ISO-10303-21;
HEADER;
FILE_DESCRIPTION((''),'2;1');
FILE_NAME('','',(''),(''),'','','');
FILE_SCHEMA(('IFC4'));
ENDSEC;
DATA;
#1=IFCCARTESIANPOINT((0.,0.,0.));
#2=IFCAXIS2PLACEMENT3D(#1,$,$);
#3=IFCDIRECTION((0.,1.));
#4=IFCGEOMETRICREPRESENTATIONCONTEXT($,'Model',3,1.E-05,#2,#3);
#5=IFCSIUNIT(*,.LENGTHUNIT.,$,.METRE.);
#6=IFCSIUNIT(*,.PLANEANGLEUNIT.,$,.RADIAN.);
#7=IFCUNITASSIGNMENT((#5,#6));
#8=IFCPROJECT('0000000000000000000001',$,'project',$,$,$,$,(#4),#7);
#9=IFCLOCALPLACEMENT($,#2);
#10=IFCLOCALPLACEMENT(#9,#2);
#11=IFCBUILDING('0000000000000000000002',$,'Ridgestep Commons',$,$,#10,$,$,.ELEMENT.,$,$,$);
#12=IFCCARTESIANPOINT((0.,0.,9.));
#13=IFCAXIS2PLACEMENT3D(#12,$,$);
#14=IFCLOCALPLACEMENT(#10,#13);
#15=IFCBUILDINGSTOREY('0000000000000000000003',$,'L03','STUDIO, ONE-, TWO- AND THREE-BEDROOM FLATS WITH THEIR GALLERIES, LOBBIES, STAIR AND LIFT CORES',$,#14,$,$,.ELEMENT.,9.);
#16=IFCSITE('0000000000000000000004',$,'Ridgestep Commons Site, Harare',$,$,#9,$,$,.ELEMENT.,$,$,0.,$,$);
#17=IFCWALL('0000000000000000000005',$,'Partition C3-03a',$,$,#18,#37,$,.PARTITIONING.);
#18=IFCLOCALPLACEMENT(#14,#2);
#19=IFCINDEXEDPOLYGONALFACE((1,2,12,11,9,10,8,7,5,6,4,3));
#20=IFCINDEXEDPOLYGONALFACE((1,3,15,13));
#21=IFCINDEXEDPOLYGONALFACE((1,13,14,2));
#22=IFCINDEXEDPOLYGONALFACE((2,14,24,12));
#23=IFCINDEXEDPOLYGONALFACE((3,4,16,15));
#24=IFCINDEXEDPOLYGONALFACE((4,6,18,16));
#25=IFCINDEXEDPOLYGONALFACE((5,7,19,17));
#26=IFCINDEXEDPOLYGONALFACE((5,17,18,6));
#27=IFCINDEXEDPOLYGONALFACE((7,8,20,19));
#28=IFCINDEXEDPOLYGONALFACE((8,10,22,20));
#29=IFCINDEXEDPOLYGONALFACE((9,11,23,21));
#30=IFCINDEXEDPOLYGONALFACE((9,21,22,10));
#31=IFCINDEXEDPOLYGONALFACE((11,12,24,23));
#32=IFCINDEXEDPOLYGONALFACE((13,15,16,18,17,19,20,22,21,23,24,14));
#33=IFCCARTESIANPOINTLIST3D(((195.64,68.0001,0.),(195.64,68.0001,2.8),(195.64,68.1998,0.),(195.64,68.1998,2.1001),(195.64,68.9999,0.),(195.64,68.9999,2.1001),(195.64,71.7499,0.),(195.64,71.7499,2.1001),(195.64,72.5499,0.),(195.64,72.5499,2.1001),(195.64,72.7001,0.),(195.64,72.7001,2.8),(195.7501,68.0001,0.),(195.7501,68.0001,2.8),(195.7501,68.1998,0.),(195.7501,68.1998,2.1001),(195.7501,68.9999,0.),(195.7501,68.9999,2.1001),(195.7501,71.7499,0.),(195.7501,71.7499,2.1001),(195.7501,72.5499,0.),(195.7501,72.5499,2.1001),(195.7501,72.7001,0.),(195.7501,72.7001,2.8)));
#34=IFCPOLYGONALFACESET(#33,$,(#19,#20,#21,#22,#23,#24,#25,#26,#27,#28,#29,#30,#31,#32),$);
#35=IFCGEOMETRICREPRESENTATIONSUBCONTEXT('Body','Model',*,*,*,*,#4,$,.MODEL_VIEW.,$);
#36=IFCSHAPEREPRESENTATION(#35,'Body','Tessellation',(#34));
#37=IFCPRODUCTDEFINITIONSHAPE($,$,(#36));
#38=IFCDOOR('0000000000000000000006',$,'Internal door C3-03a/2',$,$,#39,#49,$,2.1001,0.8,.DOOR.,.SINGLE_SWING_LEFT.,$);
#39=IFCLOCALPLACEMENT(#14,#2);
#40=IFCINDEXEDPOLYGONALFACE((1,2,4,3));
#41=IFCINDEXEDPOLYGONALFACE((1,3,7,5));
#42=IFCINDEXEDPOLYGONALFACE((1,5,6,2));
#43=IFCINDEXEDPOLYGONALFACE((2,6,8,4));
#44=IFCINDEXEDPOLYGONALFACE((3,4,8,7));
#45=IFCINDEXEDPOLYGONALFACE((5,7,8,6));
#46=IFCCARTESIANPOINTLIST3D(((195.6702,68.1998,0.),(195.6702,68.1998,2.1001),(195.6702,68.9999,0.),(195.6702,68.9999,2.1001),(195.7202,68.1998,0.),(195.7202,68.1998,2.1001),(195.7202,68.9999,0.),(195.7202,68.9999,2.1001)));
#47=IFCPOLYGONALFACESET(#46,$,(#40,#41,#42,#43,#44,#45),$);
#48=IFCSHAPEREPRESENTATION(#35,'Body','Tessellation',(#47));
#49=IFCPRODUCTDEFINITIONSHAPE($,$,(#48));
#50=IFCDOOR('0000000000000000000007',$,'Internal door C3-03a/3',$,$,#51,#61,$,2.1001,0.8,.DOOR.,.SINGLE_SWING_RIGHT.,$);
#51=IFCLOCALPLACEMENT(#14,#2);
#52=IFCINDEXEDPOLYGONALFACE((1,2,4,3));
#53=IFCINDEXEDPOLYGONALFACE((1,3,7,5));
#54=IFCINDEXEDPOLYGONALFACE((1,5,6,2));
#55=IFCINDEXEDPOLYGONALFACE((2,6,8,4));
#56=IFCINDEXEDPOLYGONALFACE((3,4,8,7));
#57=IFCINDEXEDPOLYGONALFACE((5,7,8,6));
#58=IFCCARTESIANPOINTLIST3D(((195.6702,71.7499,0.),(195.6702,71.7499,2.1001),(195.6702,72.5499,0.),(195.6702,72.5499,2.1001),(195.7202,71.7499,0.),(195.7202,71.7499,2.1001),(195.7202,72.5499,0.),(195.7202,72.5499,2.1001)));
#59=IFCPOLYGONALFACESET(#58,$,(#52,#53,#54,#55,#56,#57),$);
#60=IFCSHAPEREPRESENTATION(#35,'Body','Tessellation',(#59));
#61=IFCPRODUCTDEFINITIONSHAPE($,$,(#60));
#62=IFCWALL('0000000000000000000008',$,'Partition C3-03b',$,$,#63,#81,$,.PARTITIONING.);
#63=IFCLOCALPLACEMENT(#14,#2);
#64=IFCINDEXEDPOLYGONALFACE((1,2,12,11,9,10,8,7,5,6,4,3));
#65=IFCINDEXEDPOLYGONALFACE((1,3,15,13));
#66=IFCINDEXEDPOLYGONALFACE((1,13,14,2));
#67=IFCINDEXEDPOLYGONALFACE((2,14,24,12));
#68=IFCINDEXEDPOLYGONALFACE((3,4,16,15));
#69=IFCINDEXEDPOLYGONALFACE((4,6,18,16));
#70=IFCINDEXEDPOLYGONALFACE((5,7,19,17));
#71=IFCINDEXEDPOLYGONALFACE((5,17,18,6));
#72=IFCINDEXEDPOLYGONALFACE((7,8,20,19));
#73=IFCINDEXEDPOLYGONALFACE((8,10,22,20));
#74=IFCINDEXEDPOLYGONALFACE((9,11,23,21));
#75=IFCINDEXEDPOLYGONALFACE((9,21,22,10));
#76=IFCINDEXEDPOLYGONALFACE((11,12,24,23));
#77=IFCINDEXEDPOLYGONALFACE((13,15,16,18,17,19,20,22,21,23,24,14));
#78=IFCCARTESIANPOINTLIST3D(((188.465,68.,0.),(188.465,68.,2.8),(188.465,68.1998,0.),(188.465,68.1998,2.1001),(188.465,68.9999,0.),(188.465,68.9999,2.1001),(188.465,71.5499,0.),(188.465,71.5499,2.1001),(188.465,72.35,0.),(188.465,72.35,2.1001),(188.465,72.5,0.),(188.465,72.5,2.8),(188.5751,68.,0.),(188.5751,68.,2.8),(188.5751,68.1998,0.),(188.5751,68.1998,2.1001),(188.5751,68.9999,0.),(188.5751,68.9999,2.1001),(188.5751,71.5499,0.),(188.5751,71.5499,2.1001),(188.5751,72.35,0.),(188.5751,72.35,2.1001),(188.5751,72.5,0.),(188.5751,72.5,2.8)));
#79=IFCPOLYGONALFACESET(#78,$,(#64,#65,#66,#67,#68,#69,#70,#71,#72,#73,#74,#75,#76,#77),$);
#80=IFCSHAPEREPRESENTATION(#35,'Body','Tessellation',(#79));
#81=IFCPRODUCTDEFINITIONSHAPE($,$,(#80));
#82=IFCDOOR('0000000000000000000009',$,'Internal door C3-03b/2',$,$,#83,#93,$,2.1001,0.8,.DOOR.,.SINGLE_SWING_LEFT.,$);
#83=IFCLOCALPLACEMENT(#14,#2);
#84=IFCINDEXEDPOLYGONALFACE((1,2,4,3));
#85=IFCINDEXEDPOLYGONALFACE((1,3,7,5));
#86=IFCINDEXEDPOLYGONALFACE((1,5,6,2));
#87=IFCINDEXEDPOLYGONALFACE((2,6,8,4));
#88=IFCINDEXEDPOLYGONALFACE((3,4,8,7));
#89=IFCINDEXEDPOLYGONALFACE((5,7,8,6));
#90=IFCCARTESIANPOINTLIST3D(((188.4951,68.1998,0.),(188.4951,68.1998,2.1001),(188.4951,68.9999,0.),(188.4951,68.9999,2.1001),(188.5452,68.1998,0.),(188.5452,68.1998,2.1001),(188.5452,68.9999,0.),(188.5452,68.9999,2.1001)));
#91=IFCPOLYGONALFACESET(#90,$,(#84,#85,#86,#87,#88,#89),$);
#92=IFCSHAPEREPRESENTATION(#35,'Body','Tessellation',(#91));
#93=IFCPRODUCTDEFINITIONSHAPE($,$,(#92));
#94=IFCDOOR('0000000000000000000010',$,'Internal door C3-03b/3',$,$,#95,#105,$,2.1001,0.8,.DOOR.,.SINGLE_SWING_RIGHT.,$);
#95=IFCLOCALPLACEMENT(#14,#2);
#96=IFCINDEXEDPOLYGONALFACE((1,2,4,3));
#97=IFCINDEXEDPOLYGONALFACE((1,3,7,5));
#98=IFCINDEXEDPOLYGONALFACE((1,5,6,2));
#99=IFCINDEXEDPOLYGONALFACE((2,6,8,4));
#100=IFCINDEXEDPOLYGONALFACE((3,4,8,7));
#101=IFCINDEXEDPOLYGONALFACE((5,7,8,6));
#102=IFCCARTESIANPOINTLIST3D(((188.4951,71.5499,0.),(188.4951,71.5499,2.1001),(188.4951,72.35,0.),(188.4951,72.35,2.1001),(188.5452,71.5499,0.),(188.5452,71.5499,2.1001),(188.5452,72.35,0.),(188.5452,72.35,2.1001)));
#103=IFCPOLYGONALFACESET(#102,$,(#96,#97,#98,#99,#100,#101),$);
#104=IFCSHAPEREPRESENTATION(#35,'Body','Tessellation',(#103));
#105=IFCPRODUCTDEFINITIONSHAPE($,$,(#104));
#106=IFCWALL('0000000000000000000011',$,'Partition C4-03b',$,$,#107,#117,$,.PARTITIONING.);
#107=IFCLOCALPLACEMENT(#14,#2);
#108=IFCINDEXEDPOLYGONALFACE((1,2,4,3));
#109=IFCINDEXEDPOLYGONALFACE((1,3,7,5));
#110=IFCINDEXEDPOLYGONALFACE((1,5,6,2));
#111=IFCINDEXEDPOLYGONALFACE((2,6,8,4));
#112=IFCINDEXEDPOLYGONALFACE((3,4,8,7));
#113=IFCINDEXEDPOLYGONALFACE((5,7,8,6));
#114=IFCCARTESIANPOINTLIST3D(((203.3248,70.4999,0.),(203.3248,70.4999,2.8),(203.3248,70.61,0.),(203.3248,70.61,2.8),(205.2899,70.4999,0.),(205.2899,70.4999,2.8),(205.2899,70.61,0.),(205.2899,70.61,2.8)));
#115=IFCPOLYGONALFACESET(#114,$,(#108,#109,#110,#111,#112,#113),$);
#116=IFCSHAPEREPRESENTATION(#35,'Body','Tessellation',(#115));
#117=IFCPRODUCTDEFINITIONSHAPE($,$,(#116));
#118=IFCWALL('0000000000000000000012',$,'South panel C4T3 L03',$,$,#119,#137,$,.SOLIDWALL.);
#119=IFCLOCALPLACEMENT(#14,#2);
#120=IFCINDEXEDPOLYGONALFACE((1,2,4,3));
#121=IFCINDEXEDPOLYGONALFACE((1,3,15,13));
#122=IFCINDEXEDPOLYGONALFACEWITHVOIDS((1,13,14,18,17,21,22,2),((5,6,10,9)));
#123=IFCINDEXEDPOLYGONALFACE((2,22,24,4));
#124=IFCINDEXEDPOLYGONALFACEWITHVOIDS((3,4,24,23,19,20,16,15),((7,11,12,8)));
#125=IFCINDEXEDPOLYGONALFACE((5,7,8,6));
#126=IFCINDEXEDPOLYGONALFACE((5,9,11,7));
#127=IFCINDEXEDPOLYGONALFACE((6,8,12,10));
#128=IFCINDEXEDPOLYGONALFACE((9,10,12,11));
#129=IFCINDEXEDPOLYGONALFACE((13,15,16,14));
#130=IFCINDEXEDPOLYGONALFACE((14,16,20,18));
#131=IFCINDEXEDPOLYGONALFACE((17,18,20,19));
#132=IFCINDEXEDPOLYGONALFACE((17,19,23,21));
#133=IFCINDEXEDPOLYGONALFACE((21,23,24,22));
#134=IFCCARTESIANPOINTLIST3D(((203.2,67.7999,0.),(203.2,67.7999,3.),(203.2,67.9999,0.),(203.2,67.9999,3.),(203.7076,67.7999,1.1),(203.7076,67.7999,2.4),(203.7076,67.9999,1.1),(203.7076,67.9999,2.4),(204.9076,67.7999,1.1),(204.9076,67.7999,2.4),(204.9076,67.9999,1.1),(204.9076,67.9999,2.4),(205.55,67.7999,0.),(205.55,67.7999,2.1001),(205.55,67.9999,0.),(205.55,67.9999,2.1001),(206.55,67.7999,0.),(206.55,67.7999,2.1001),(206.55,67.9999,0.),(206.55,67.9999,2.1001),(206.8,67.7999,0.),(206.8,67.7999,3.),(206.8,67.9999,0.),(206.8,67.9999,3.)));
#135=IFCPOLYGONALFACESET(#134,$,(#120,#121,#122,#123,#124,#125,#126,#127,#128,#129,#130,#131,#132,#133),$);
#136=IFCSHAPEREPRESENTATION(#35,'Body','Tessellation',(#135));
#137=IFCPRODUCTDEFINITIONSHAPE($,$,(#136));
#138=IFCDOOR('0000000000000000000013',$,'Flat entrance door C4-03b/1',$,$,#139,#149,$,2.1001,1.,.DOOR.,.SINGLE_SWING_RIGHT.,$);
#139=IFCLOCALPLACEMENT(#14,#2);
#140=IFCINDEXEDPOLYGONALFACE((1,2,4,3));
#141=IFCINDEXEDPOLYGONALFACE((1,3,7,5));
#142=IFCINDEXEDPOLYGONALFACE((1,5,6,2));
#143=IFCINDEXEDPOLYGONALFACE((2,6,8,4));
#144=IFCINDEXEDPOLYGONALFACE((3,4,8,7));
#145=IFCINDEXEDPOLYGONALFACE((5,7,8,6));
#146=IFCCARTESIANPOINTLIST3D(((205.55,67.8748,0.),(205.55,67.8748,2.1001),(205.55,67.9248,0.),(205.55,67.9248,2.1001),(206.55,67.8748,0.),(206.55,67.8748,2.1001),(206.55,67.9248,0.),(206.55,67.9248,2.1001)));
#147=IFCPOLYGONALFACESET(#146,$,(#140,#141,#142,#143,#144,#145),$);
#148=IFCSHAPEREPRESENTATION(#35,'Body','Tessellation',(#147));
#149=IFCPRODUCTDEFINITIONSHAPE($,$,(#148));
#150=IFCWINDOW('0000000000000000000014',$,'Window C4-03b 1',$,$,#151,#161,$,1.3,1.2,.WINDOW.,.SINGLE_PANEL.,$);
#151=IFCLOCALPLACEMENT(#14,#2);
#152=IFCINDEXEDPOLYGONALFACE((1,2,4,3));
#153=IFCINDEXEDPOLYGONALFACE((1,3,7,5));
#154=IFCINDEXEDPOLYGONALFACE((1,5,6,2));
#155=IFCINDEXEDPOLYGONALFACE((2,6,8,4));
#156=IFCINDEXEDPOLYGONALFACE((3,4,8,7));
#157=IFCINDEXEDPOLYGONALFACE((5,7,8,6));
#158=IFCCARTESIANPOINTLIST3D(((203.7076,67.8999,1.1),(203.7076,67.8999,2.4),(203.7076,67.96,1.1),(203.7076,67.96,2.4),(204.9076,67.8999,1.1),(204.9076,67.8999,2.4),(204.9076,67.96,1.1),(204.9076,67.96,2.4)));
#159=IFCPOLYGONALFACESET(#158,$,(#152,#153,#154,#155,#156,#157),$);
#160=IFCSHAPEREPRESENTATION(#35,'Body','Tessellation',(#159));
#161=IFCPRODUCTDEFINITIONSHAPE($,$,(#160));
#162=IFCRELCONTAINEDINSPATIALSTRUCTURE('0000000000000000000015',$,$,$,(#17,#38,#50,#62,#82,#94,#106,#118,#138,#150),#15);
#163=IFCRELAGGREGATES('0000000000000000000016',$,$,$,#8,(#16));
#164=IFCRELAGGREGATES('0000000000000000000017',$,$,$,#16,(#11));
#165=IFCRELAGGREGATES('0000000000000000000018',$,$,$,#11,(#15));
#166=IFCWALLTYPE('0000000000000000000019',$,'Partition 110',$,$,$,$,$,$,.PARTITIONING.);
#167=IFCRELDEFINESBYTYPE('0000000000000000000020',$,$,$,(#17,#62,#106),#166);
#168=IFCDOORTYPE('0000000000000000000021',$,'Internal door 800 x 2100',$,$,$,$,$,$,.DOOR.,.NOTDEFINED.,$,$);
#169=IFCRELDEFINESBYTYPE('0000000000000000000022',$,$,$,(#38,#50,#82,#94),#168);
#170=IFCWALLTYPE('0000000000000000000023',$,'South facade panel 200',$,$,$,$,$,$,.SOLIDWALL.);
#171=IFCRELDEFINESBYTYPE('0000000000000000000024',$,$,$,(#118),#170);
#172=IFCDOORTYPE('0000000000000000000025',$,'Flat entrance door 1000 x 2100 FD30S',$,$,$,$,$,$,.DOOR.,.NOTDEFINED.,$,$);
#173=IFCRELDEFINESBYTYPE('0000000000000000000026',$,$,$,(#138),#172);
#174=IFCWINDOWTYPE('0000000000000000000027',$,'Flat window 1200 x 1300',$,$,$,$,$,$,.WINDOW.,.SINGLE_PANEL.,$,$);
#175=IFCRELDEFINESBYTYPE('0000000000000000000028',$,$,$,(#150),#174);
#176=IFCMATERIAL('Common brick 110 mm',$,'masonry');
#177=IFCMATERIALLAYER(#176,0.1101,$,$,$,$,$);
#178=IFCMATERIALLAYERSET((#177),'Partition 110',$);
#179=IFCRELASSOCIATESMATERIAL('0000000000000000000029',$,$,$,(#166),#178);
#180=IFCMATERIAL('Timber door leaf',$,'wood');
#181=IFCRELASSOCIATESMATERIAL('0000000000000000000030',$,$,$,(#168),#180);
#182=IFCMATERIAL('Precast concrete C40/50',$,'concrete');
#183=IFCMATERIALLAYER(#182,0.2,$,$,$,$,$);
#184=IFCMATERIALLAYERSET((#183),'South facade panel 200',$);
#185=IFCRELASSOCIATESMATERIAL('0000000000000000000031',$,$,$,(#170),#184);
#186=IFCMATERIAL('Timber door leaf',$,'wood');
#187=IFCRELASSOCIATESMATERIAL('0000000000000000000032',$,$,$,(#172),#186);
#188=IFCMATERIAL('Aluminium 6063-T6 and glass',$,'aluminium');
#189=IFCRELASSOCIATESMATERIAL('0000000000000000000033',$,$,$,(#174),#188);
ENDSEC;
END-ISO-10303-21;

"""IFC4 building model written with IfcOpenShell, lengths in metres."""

from ifc_helpers import new_model, si_unit, direction, frame, frame_2d, origin, place, context, subcontext, project, spatial, rectangle, extrude, material, layer, layer_set, type_object, element, fill, save


model = new_model("IFC4")

# Units and contexts
model_context = context("Model", 3, precision=1e-05, world=origin(), true_north=direction((0.0, 1.0)))
body_context = subcontext(model_context, "Body", "Model", "MODEL_VIEW")
ifc_project = project(units=[si_unit("LENGTHUNIT", "METRE"), si_unit("PLANEANGLEUNIT", "RADIAN")], contexts=[model_context])

# Site, building, storey
site_placement = place(None, origin())
site = spatial("IfcSite", under=ifc_project, at=site_placement, Name="Ridgestep Commons Site, Harare", CompositionType="ELEMENT", RefElevation=0.0)
building_placement = place(site_placement, origin())
building = spatial("IfcBuilding", under=site, at=building_placement, Name="Ridgestep Commons", CompositionType="ELEMENT")
storey_placement = place(building_placement, frame((0.0, 0.0, 9.0)))
storey = spatial("IfcBuildingStorey", under=building, at=storey_placement, Name="L03", Description="STUDIO, ONE-, TWO- AND THREE-BEDROOM FLATS WITH THEIR GALLERIES, LOBBIES, STAIR AND LIFT CORES", CompositionType="ELEMENT", Elevation=9.0)

# Shared definitions
ifc_material_1 = material(Name="Common brick 110 mm", Category="masonry")
ifc_layer_1 = layer(ifc_material_1, 0.1101)
ifc_layer_set_1 = layer_set([ifc_layer_1], Name="Partition 110")
wall_type_1 = type_object("IfcWallType", Name="Partition 110", PredefinedType="PARTITIONING", material=ifc_layer_set_1)

# Walls, openings, doors
wall_1_placement = place(storey_placement, frame((195.6951, 68.0, 0.0), z_axis=(0.0, 0.0, 1.0), x_axis=(0.0, 1.0, 0.0)))
wall_1 = element("IfcWall", 1, at=wall_1_placement, inside=storey, type_object=wall_type_1, Name="Partition C3-03a", PredefinedType="PARTITIONING", context=body_context, shape_type="SweptSolid", body=[
    extrude(rectangle(XDim=4.7, YDim=0.1101, at=frame_2d((2.3501, 0.0))), origin(), (0.0, 0.0, 1.0), 2.8),
])
opening_1_placement = place(wall_1_placement, frame((0.2, 0.0, 0.0)))
opening_1 = element("IfcOpeningElement", 2, at=opening_1_placement, cuts=wall_1, PredefinedType="OPENING", context=body_context, shape_type="SweptSolid", body=[
    extrude(rectangle(XDim=0.8, YDim=2.1001, at=frame_2d((0.3999, 1.05))), frame((0.0, 0.0649, 0.0), z_axis=(0.0, -1.0, 0.0), x_axis=(1.0, 0.0, 0.0)), (0.0, 0.0, 1.0), 0.1301),
])
opening_2_placement = place(wall_1_placement, frame((3.75, 0.0, 0.0)))
opening_2 = element("IfcOpeningElement", 3, at=opening_2_placement, cuts=wall_1, PredefinedType="OPENING", context=body_context, shape_type="SweptSolid", body=[
    extrude(rectangle(XDim=0.8, YDim=2.1001, at=frame_2d((0.3999, 1.05))), frame((0.0, 0.0649, 0.0), z_axis=(0.0, -1.0, 0.0), x_axis=(1.0, 0.0, 0.0)), (0.0, 0.0, 1.0), 0.1301),
])
ifc_material_2 = material(Name="Timber door leaf", Category="wood")
door_type_1 = type_object("IfcDoorType", Name="Internal door 800 x 2100", OperationType="NOTDEFINED", PredefinedType="DOOR", material=ifc_material_2)
door_1_placement = place(opening_1_placement, origin())
door_1 = element("IfcDoor", 4, at=door_1_placement, inside=storey, type_object=door_type_1, Name="Internal door C3-03a/2", OperationType="SINGLE_SWING_LEFT", OverallHeight=2.1001, OverallWidth=0.8, PredefinedType="DOOR", context=body_context, shape_type="SweptSolid", body=[
    extrude(rectangle(XDim=0.8, YDim=2.1001, at=frame_2d((0.3999, 1.05))), frame((0.0, 0.0249, 0.0), z_axis=(0.0, -1.0, 0.0), x_axis=(1.0, 0.0, 0.0)), (0.0, 0.0, 1.0), 0.05),
])
fill(opening_1, door_1)
door_2_placement = place(opening_2_placement, origin())
door_2 = element("IfcDoor", 5, at=door_2_placement, inside=storey, type_object=door_type_1, Name="Internal door C3-03a/3", OperationType="SINGLE_SWING_RIGHT", OverallHeight=2.1001, OverallWidth=0.8, PredefinedType="DOOR", context=body_context, shape_type="SweptSolid", body=[
    extrude(rectangle(XDim=0.8, YDim=2.1001, at=frame_2d((0.3999, 1.05))), frame((0.0, 0.0249, 0.0), z_axis=(0.0, -1.0, 0.0), x_axis=(1.0, 0.0, 0.0)), (0.0, 0.0, 1.0), 0.05),
])
fill(opening_2, door_2)
wall_2_placement = place(storey_placement, frame((188.52, 68.0, 0.0), z_axis=(0.0, 0.0, 1.0), x_axis=(0.0, 1.0, 0.0)))
wall_2 = element("IfcWall", 6, at=wall_2_placement, inside=storey, type_object=wall_type_1, Name="Partition C3-03b", PredefinedType="PARTITIONING", context=body_context, shape_type="SweptSolid", body=[
    extrude(rectangle(XDim=4.5, YDim=0.1101, at=frame_2d((2.25, 0.0))), origin(), (0.0, 0.0, 1.0), 2.8),
])
opening_3_placement = place(wall_2_placement, frame((0.2, 0.0, 0.0)))
opening_3 = element("IfcOpeningElement", 7, at=opening_3_placement, cuts=wall_2, PredefinedType="OPENING", context=body_context, shape_type="SweptSolid", body=[
    extrude(rectangle(XDim=0.8, YDim=2.1001, at=frame_2d((0.3999, 1.05))), frame((0.0, 0.0649, 0.0), z_axis=(0.0, -1.0, 0.0), x_axis=(1.0, 0.0, 0.0)), (0.0, 0.0, 1.0), 0.1301),
])
opening_4_placement = place(wall_2_placement, frame((3.55, 0.0, 0.0)))
opening_4 = element("IfcOpeningElement", 8, at=opening_4_placement, cuts=wall_2, PredefinedType="OPENING", context=body_context, shape_type="SweptSolid", body=[
    extrude(rectangle(XDim=0.8, YDim=2.1001, at=frame_2d((0.3999, 1.05))), frame((0.0, 0.0649, 0.0), z_axis=(0.0, -1.0, 0.0), x_axis=(1.0, 0.0, 0.0)), (0.0, 0.0, 1.0), 0.1301),
])
door_3_placement = place(opening_3_placement, origin())
door_3 = element("IfcDoor", 9, at=door_3_placement, inside=storey, type_object=door_type_1, Name="Internal door C3-03b/2", OperationType="SINGLE_SWING_LEFT", OverallHeight=2.1001, OverallWidth=0.8, PredefinedType="DOOR", context=body_context, shape_type="SweptSolid", body=[
    extrude(rectangle(XDim=0.8, YDim=2.1001, at=frame_2d((0.3999, 1.05))), frame((0.0, 0.0249, 0.0), z_axis=(0.0, -1.0, 0.0), x_axis=(1.0, 0.0, 0.0)), (0.0, 0.0, 1.0), 0.05),
])
fill(opening_3, door_3)
door_4_placement = place(opening_4_placement, origin())
door_4 = element("IfcDoor", 10, at=door_4_placement, inside=storey, type_object=door_type_1, Name="Internal door C3-03b/3", OperationType="SINGLE_SWING_RIGHT", OverallHeight=2.1001, OverallWidth=0.8, PredefinedType="DOOR", context=body_context, shape_type="SweptSolid", body=[
    extrude(rectangle(XDim=0.8, YDim=2.1001, at=frame_2d((0.3999, 1.05))), frame((0.0, 0.0249, 0.0), z_axis=(0.0, -1.0, 0.0), x_axis=(1.0, 0.0, 0.0)), (0.0, 0.0, 1.0), 0.05),
])
fill(opening_4, door_4)

# Wall
wall_3_placement = place(storey_placement, frame((203.325, 70.5549, 0.0), z_axis=(0.0, 0.0, 1.0), x_axis=(1.0, 0.0, 0.0)))
element("IfcWall", 11, at=wall_3_placement, inside=storey, type_object=wall_type_1, Name="Partition C4-03b", PredefinedType="PARTITIONING", context=body_context, shape_type="SweptSolid", body=[
    extrude(rectangle(XDim=1.9651, YDim=0.1101, at=frame_2d((0.9824, 0.0))), origin(), (0.0, 0.0, 1.0), 2.8),
])

# Wall, openings, door, window
ifc_material_3 = material(Name="Precast concrete C40/50", Category="concrete")
ifc_layer_2 = layer(ifc_material_3, 0.2)
ifc_layer_set_2 = layer_set([ifc_layer_2], Name="South facade panel 200")
wall_type_2 = type_object("IfcWallType", Name="South facade panel 200", PredefinedType="SOLIDWALL", material=ifc_layer_set_2)
wall_4_placement = place(storey_placement, frame((203.2, 67.8999, 0.0), z_axis=(0.0, 0.0, 1.0), x_axis=(1.0, 0.0, 0.0)))
wall_4 = element("IfcWall", 12, at=wall_4_placement, inside=storey, type_object=wall_type_2, Name="South panel C4T3 L03", PredefinedType="SOLIDWALL", context=body_context, shape_type="SweptSolid", body=[
    extrude(rectangle(XDim=3.6001, YDim=0.2, at=frame_2d((1.8, 0.0))), origin(), (0.0, 0.0, 1.0), 3.0),
])
opening_5_placement = place(wall_4_placement, frame((0.5076, 0.0, 1.1001)))
opening_5 = element("IfcOpeningElement", 13, at=opening_5_placement, cuts=wall_4, PredefinedType="OPENING", context=body_context, shape_type="SweptSolid", body=[
    extrude(rectangle(XDim=1.2, YDim=1.3, at=frame_2d((0.6001, 0.6499))), frame((0.0, 0.1099, 0.0), z_axis=(0.0, -1.0, 0.0), x_axis=(1.0, 0.0, 0.0)), (0.0, 0.0, 1.0), 0.22),
])
opening_6_placement = place(wall_4_placement, frame((2.3501, 0.0, 0.0)))
opening_6 = element("IfcOpeningElement", 14, at=opening_6_placement, cuts=wall_4, PredefinedType="OPENING", context=body_context, shape_type="SweptSolid", body=[
    extrude(rectangle(XDim=1.0, YDim=2.1001, at=frame_2d((0.5, 1.05))), frame((0.0, 0.1099, 0.0), z_axis=(0.0, -1.0, 0.0), x_axis=(1.0, 0.0, 0.0)), (0.0, 0.0, 1.0), 0.22),
])
ifc_material_4 = material(Name="Timber door leaf", Category="wood")
door_type_2 = type_object("IfcDoorType", Name="Flat entrance door 1000 x 2100 FD30S", OperationType="NOTDEFINED", PredefinedType="DOOR", material=ifc_material_4)
door_5_placement = place(opening_6_placement, origin())
door_5 = element("IfcDoor", 15, at=door_5_placement, inside=storey, type_object=door_type_2, Name="Flat entrance door C4-03b/1", OperationType="SINGLE_SWING_RIGHT", OverallHeight=2.1001, OverallWidth=1.0, PredefinedType="DOOR", context=body_context, shape_type="SweptSolid", body=[
    extrude(rectangle(XDim=1.0, YDim=2.1001, at=frame_2d((0.5, 1.05))), frame((0.0, 0.0249, 0.0), z_axis=(0.0, -1.0, 0.0), x_axis=(1.0, 0.0, 0.0)), (0.0, 0.0, 1.0), 0.05),
])
fill(opening_6, door_5)
ifc_material_5 = material(Name="Aluminium 6063-T6 and glass", Category="aluminium")
window_type = type_object("IfcWindowType", Name="Flat window 1200 x 1300", PartitioningType="SINGLE_PANEL", PredefinedType="WINDOW", material=ifc_material_5)
window_placement = place(opening_5_placement, origin())
window = element("IfcWindow", 16, at=window_placement, inside=storey, type_object=window_type, Name="Window C4-03b 1", OverallHeight=1.3, OverallWidth=1.2, PartitioningType="SINGLE_PANEL", PredefinedType="WINDOW", context=body_context, shape_type="SweptSolid", body=[
    extrude(rectangle(XDim=1.2, YDim=1.3, at=frame_2d((0.6001, 0.6499))), frame((0.0, 0.0601, 0.0), z_axis=(0.0, -1.0, 0.0), x_axis=(1.0, 0.0, 0.0)), (0.0, 0.0, 1.0), 0.0601),
])
fill(opening_5, window)

save(model, "model.ifc")
